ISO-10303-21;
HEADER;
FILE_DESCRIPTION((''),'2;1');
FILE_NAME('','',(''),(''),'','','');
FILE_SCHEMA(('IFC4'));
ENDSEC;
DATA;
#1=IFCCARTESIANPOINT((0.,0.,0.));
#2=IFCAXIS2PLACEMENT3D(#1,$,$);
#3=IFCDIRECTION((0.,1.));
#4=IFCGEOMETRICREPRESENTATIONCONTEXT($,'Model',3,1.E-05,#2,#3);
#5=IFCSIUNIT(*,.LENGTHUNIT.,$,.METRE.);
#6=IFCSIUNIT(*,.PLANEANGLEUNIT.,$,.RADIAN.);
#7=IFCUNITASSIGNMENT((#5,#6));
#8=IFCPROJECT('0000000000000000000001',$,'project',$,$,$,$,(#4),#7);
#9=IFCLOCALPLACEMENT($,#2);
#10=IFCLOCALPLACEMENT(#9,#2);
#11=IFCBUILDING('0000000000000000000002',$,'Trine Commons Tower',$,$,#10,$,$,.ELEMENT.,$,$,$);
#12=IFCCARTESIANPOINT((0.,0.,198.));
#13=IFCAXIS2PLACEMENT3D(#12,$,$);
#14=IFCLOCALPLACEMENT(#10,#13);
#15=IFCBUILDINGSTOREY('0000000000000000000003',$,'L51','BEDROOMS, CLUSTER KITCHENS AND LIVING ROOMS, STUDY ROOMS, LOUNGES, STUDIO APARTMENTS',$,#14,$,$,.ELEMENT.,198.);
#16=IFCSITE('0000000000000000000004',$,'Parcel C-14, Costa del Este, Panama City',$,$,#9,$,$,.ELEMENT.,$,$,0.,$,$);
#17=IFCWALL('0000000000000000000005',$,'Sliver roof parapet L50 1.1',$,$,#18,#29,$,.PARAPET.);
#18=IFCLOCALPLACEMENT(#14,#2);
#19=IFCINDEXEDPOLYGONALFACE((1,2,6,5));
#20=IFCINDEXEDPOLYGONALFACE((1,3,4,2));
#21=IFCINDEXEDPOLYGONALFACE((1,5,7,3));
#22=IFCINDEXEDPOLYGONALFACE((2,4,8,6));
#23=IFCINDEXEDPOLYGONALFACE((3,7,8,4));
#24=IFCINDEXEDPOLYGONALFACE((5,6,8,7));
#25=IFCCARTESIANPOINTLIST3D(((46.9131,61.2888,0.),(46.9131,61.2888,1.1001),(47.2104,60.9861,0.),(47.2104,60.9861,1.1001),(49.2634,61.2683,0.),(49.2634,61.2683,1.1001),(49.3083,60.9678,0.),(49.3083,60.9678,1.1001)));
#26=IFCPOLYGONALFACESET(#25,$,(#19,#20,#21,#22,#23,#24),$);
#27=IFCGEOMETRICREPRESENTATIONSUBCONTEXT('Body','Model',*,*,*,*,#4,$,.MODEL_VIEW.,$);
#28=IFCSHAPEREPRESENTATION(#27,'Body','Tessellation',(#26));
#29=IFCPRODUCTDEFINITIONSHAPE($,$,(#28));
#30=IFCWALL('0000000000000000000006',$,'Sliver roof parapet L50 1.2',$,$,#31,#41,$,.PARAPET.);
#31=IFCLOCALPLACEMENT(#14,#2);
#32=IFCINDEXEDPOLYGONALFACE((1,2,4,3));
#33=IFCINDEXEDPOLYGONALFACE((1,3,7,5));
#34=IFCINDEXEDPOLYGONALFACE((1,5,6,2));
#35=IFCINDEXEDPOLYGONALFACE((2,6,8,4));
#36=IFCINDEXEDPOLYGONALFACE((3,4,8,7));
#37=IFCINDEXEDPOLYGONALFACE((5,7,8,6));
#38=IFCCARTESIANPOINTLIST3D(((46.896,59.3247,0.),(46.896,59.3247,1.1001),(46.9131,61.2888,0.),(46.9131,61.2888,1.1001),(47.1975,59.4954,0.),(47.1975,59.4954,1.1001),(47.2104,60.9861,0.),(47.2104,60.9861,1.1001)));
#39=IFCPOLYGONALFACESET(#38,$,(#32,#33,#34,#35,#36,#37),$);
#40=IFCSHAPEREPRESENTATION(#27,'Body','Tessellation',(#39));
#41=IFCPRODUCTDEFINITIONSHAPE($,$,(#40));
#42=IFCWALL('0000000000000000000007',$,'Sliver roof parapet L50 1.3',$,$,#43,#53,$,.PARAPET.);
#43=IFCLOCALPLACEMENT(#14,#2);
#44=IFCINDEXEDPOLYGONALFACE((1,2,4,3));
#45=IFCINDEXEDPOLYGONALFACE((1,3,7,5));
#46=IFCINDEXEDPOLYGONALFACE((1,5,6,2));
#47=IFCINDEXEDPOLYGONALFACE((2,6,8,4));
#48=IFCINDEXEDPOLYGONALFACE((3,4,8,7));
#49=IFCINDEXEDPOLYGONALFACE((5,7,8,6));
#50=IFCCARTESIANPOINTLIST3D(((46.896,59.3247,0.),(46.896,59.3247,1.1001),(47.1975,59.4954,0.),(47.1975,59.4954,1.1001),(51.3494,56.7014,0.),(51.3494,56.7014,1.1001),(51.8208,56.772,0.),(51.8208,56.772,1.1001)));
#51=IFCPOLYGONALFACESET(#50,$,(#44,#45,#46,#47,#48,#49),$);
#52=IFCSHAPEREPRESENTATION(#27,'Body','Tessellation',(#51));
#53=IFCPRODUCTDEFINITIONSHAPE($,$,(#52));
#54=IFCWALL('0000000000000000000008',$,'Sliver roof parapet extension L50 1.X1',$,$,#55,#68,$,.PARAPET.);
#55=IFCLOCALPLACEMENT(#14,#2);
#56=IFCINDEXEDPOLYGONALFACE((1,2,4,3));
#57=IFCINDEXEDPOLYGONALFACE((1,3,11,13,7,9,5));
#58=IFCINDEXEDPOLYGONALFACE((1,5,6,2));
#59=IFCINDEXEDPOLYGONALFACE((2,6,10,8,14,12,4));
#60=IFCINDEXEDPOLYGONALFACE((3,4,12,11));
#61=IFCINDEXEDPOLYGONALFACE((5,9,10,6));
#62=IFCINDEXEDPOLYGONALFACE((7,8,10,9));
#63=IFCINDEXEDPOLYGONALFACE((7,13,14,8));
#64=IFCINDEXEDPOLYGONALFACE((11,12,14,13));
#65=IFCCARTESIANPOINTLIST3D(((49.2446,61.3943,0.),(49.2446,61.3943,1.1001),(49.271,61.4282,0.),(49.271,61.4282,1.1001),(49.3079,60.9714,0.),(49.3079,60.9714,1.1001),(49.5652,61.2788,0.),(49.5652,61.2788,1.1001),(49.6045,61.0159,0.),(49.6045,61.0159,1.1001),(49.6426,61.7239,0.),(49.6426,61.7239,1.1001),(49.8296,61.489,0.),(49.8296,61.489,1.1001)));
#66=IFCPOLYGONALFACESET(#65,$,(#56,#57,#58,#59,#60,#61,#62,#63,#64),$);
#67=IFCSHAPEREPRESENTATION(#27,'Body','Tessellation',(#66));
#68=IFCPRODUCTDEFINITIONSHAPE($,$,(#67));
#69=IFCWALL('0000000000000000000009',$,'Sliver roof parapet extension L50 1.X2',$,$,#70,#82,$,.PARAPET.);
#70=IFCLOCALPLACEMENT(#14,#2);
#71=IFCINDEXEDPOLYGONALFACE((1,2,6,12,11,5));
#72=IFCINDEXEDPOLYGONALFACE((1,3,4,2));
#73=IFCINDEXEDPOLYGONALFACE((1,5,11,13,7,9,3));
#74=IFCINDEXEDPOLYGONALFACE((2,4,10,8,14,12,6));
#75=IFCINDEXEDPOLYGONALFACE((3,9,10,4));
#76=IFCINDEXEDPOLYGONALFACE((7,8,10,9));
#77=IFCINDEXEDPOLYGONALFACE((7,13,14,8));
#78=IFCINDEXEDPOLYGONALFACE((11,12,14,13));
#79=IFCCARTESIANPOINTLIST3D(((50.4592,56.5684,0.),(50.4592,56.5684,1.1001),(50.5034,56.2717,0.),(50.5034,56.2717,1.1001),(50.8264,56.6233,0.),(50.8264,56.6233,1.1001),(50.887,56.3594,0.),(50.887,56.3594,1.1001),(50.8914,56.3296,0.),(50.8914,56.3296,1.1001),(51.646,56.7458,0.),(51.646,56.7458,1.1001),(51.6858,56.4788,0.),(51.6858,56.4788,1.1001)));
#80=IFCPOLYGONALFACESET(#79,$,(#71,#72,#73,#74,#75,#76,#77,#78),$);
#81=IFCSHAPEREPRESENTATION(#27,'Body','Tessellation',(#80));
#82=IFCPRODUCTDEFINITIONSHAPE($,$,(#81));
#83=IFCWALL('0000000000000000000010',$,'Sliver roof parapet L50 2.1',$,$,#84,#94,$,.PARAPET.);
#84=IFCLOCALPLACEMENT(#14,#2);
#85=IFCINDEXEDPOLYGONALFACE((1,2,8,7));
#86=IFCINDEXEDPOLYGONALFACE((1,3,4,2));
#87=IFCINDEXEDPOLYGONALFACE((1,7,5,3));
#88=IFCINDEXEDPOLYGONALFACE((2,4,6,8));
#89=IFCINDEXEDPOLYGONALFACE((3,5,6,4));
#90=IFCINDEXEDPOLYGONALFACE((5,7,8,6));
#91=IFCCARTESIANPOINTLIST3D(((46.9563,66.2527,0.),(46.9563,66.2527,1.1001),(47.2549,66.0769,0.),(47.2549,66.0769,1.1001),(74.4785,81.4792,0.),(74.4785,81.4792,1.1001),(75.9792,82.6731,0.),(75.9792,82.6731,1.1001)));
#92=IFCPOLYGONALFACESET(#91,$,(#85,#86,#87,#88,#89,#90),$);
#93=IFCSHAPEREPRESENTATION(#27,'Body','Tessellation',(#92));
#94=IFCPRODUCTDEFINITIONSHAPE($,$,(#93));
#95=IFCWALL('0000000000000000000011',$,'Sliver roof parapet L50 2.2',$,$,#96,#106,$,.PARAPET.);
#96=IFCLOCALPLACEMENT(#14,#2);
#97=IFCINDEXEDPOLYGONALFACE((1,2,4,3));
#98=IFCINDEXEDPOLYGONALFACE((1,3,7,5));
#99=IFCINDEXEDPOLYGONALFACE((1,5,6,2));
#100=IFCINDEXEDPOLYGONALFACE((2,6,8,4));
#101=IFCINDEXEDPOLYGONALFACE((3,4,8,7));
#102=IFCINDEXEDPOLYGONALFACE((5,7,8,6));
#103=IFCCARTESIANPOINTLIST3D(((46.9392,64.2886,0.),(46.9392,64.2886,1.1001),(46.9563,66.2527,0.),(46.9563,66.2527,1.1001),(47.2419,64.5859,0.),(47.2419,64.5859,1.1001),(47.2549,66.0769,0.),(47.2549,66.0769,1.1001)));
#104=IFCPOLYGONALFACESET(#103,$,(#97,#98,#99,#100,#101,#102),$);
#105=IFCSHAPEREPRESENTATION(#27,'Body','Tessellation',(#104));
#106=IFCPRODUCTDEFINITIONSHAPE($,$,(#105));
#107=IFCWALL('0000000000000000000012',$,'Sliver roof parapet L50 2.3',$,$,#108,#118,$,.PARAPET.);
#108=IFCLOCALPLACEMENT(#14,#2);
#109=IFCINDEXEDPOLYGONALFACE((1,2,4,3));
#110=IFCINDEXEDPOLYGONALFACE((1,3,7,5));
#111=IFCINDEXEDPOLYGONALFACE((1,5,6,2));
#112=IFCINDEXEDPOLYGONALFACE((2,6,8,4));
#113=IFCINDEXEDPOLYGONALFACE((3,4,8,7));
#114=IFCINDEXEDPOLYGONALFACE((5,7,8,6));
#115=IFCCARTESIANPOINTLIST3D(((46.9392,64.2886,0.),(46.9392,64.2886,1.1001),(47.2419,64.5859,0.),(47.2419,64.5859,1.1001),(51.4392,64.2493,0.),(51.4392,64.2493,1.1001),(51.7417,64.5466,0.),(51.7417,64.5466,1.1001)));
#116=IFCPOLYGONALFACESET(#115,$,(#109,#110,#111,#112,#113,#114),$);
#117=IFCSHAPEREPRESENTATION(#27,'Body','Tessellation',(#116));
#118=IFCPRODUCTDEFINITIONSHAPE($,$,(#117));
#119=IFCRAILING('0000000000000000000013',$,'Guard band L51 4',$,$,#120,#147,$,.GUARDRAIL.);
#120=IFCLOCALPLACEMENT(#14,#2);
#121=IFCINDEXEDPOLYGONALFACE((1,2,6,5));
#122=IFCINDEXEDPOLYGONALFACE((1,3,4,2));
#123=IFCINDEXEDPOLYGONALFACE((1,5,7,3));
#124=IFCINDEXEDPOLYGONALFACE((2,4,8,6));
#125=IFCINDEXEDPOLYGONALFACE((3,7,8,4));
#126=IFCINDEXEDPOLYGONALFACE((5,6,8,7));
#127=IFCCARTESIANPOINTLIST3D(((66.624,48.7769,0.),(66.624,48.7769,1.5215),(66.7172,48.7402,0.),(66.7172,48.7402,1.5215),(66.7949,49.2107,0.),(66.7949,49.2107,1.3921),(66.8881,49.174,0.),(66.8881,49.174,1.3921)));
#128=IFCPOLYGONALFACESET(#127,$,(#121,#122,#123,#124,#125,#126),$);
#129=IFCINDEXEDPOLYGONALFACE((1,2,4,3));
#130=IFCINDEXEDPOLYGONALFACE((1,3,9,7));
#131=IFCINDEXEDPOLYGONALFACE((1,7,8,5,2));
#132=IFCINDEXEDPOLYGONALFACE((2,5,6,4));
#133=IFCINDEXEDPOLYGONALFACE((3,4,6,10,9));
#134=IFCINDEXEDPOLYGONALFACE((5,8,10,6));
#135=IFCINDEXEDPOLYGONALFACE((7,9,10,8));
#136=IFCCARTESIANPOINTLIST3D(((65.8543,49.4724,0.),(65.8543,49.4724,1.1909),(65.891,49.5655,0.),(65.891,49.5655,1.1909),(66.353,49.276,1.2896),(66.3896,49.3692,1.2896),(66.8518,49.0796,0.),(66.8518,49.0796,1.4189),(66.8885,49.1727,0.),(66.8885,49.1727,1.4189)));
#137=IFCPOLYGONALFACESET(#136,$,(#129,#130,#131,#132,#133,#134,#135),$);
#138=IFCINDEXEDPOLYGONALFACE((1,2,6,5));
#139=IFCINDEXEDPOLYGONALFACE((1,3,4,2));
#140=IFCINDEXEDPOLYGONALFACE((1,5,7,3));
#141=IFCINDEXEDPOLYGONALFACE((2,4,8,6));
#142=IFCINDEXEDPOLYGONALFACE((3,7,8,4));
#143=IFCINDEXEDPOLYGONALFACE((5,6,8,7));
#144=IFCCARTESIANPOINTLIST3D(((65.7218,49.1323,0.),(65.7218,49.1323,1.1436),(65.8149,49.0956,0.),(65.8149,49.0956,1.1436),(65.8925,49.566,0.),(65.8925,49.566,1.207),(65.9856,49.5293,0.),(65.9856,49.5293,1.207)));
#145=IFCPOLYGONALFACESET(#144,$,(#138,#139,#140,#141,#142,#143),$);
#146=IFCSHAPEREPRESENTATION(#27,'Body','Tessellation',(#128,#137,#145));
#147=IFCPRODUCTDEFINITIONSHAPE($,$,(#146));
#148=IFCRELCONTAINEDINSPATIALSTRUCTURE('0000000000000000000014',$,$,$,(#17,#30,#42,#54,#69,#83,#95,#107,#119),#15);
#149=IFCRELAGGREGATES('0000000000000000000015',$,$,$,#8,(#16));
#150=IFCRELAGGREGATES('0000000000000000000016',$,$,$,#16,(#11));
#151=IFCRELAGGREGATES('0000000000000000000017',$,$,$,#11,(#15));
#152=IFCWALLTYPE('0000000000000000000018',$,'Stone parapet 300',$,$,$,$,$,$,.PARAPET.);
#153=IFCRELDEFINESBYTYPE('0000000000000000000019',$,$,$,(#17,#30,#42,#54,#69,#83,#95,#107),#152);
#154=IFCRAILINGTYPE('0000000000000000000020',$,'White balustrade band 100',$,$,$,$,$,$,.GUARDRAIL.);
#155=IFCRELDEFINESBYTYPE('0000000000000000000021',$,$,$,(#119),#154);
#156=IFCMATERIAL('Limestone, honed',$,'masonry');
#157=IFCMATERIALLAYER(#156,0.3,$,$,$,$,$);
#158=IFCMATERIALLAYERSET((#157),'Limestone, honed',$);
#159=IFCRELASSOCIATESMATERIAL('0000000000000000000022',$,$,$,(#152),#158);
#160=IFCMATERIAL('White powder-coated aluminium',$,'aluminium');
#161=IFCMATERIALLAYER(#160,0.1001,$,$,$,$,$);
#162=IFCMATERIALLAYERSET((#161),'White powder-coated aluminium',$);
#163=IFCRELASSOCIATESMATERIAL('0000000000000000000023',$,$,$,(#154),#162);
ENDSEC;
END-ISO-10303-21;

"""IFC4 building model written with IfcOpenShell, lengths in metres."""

from ifc_helpers import new_model, si_unit, direction, frame, origin, place, context, subcontext, project, spatial, polyline, outline, extrude, material, layer, layer_set, type_object, element, save


model = new_model("IFC4")

# Units and contexts
model_context = context("Model", 3, precision=1e-05, world=origin(), true_north=direction((0.0, 1.0)))
body_context = subcontext(model_context, "Body", "Model", "MODEL_VIEW")
ifc_project = project(units=[si_unit("LENGTHUNIT", "METRE"), si_unit("PLANEANGLEUNIT", "RADIAN")], contexts=[model_context])

# Site, building, storey
site_placement = place(None, origin())
site = spatial("IfcSite", under=ifc_project, at=site_placement, Name="Parcel C-14, Costa del Este, Panama City", CompositionType="ELEMENT", RefElevation=0.0)
building_placement = place(site_placement, origin())
building = spatial("IfcBuilding", under=site, at=building_placement, Name="Trine Commons Tower", CompositionType="ELEMENT")
storey_placement = place(building_placement, frame((0.0, 0.0, 198.0)))
storey = spatial("IfcBuildingStorey", under=building, at=storey_placement, Name="L51", Description="BEDROOMS, CLUSTER KITCHENS AND LIVING ROOMS, STUDY ROOMS, LOUNGES, STUDIO APARTMENTS", CompositionType="ELEMENT", Elevation=198.0)

# Walls
ifc_material_1 = material(Name="Limestone, honed", Category="masonry")
ifc_layer_1 = layer(ifc_material_1, 0.3)
ifc_layer_set_1 = layer_set([ifc_layer_1], Name="Limestone, honed")
wall_type = type_object("IfcWallType", Name="Stone parapet 300", PredefinedType="PARAPET", material=ifc_layer_set_1)
wall_1_placement = place(storey_placement, origin())
element("IfcWall", 1, at=wall_1_placement, inside=storey, type_object=wall_type, Name="Sliver roof parapet L50 1.1", PredefinedType="PARAPET", context=body_context, shape_type="SweptSolid", body=[
    extrude(outline(polyline([(49.2634, 61.2683), (46.9131, 61.2888), (47.2104, 60.9861), (49.3083, 60.9678), (49.2634, 61.2683)])), origin(), (0.0, 0.0, 1.0), 1.1001),
])
wall_2_placement = place(storey_placement, origin())
element("IfcWall", 2, at=wall_2_placement, inside=storey, type_object=wall_type, Name="Sliver roof parapet L50 1.2", PredefinedType="PARAPET", context=body_context, shape_type="SweptSolid", body=[
    extrude(outline(polyline([(46.9131, 61.2888), (46.896, 59.3247), (47.1975, 59.4954), (47.2104, 60.9861), (46.9131, 61.2888)])), origin(), (0.0, 0.0, 1.0), 1.1001),
])
wall_3_placement = place(storey_placement, origin())
element("IfcWall", 3, at=wall_3_placement, inside=storey, type_object=wall_type, Name="Sliver roof parapet L50 1.3", PredefinedType="PARAPET", context=body_context, shape_type="SweptSolid", body=[
    extrude(outline(polyline([(46.896, 59.3247), (51.3494, 56.7014), (51.8208, 56.772), (47.1975, 59.4954), (46.896, 59.3247)])), origin(), (0.0, 0.0, 1.0), 1.1001),
])
wall_4_placement = place(storey_placement, origin())
element("IfcWall", 4, at=wall_4_placement, inside=storey, type_object=wall_type, Name="Sliver roof parapet extension L50 1.X1", PredefinedType="PARAPET", context=body_context, shape_type="SweptSolid", body=[
    extrude(outline(polyline([(49.6426, 61.7239), (49.271, 61.4282), (49.2446, 61.3943), (49.3079, 60.9714), (49.6045, 61.0159), (49.5652, 61.2788), (49.8296, 61.489), (49.6426, 61.7239)])), origin(), (0.0, 0.0, 1.0), 1.1001),
])
wall_5_placement = place(storey_placement, origin())
element("IfcWall", 5, at=wall_5_placement, inside=storey, type_object=wall_type, Name="Sliver roof parapet extension L50 1.X2", PredefinedType="PARAPET", context=body_context, shape_type="SweptSolid", body=[
    extrude(outline(polyline([(51.6858, 56.4788), (51.646, 56.7458), (50.8264, 56.6233), (50.4592, 56.5684), (50.5034, 56.2717), (50.8914, 56.3296), (50.887, 56.3594), (51.6858, 56.4788)])), origin(), (0.0, 0.0, 1.0), 1.1001),
])
wall_6_placement = place(storey_placement, origin())
element("IfcWall", 6, at=wall_6_placement, inside=storey, type_object=wall_type, Name="Sliver roof parapet L50 2.1", PredefinedType="PARAPET", context=body_context, shape_type="SweptSolid", body=[
    extrude(outline(polyline([(75.9792, 82.6731), (46.9563, 66.2527), (47.2549, 66.0769), (74.4785, 81.4792), (75.9792, 82.6731)])), origin(), (0.0, 0.0, 1.0), 1.1001),
])
wall_7_placement = place(storey_placement, origin())
element("IfcWall", 7, at=wall_7_placement, inside=storey, type_object=wall_type, Name="Sliver roof parapet L50 2.2", PredefinedType="PARAPET", context=body_context, shape_type="SweptSolid", body=[
    extrude(outline(polyline([(46.9563, 66.2527), (46.9392, 64.2886), (47.2419, 64.5859), (47.2549, 66.0769), (46.9563, 66.2527)])), origin(), (0.0, 0.0, 1.0), 1.1001),
])
wall_8_placement = place(storey_placement, origin())
element("IfcWall", 8, at=wall_8_placement, inside=storey, type_object=wall_type, Name="Sliver roof parapet L50 2.3", PredefinedType="PARAPET", context=body_context, shape_type="SweptSolid", body=[
    extrude(outline(polyline([(46.9392, 64.2886), (51.4392, 64.2493), (51.7417, 64.5466), (47.2419, 64.5859), (46.9392, 64.2886)])), origin(), (0.0, 0.0, 1.0), 1.1001),
])

# Railing
ifc_material_2 = material(Name="White powder-coated aluminium", Category="aluminium")
ifc_layer_2 = layer(ifc_material_2, 0.1001)
ifc_layer_set_2 = layer_set([ifc_layer_2], Name="White powder-coated aluminium")
railing_type = type_object("IfcRailingType", Name="White balustrade band 100", PredefinedType="GUARDRAIL", material=ifc_layer_set_2)
railing_1_placement = place(storey_placement, origin())
element("IfcRailing", 9, at=railing_1_placement, inside=storey, type_object=railing_type, Name="Guard band L51 4", PredefinedType="GUARDRAIL", context=body_context, shape_type="SweptSolid", body=[
    extrude(outline(polyline([(0.0, 0.0), (0.4663, 0.0), (0.4663, 1.3921), (0.4663, 1.3921), (0.0, 1.5215), (0.0, 0.0)])), frame((66.624, 48.7769, 0.0), z_axis=(0.930414, -0.366511, 0.0), x_axis=(0.366511, 0.930414, 0.0)), (0.0, 0.0, 1.0), 0.1001),
    extrude(outline(polyline([(0.0, 0.0), (1.072, 0.0), (1.072, 1.1909), (0.5361, 1.2896), (0.0, 1.4189), (0.0, 0.0)])), frame((66.8518, 49.0796, 0.0), z_axis=(0.366399, 0.930458, 0.0), x_axis=(-0.930458, 0.366399, 0.0)), (0.0, 0.0, 1.0), 0.1001),
    extrude(outline(polyline([(0.0, 0.0), (0.4661, 0.0), (0.4661, 1.1436), (0.0, 1.207), (0.0, 0.0)])), frame((65.9856, 49.5293, 0.0), z_axis=(-0.930522, 0.366236, 0.0), x_axis=(-0.366236, -0.930522, 0.0)), (0.0, 0.0, 1.0), 0.1001),
])

save(model, "model.ifc")
